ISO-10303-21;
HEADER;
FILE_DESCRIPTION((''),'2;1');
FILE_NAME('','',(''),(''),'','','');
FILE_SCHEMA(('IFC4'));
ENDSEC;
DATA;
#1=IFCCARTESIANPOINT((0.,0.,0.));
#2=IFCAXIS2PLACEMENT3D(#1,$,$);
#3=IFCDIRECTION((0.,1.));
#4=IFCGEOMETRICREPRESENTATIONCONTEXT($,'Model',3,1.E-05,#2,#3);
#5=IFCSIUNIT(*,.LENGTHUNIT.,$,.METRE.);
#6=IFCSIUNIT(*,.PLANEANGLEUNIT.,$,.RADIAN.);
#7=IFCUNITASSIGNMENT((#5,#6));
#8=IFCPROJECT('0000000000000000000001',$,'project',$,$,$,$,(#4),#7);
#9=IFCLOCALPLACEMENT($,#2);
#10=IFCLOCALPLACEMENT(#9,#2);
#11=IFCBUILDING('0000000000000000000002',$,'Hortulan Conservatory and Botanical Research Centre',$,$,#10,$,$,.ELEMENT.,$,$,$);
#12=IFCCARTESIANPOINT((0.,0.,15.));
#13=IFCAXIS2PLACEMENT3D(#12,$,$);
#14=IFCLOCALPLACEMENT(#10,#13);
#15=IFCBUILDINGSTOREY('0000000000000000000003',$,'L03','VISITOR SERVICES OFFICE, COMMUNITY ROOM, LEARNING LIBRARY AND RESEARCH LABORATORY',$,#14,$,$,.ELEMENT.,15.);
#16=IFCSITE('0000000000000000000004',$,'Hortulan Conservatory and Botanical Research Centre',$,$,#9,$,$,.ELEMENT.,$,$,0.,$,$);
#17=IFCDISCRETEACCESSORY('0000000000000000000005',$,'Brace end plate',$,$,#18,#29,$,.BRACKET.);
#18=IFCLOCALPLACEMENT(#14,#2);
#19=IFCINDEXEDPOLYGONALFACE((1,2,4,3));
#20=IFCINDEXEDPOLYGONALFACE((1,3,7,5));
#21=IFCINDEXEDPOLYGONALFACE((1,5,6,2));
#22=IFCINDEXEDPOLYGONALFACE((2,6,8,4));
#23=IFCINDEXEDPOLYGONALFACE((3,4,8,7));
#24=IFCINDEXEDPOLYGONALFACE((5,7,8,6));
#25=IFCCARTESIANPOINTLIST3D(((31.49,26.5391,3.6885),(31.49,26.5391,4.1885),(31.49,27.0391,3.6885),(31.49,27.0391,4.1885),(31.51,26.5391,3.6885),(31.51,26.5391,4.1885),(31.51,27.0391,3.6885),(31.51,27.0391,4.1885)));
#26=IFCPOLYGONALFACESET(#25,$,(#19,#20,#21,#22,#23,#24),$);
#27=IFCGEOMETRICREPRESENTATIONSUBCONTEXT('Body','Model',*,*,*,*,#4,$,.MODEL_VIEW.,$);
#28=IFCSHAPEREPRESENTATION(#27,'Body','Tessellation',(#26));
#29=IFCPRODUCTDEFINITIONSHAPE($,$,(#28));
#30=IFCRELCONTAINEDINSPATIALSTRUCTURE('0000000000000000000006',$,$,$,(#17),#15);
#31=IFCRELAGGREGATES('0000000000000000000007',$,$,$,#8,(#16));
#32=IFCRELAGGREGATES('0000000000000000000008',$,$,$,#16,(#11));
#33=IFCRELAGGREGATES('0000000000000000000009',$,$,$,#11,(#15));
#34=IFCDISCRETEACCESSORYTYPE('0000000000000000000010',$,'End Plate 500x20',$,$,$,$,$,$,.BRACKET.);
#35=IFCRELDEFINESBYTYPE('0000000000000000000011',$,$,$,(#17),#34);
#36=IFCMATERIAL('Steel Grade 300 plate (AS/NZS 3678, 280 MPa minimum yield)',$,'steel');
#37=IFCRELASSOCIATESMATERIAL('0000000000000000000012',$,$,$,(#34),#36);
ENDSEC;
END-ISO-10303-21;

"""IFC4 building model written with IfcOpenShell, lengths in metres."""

from ifc_helpers import new_model, si_unit, direction, frame, origin, origin_2d, place, context, subcontext, project, spatial, rectangle, extrude, material, type_object, element, save


model = new_model("IFC4")

# Units and contexts
model_context = context("Model", 3, precision=1e-05, world=origin(), true_north=direction((0.0, 1.0)))
body_context = subcontext(model_context, "Body", "Model", "MODEL_VIEW")
ifc_project = project(units=[si_unit("LENGTHUNIT", "METRE"), si_unit("PLANEANGLEUNIT", "RADIAN")], contexts=[model_context])

# Site, building, storey
site_placement = place(None, origin())
site = spatial("IfcSite", under=ifc_project, at=site_placement, Name="Hortulan Conservatory and Botanical Research Centre", CompositionType="ELEMENT", RefElevation=0.0)
building_placement = place(site_placement, origin())
building = spatial("IfcBuilding", under=site, at=building_placement, Name="Hortulan Conservatory and Botanical Research Centre", CompositionType="ELEMENT")
storey_placement = place(building_placement, frame((0.0, 0.0, 15.0)))
storey = spatial("IfcBuildingStorey", under=building, at=storey_placement, Name="L03", Description="VISITOR SERVICES OFFICE, COMMUNITY ROOM, LEARNING LIBRARY AND RESEARCH LABORATORY", CompositionType="ELEMENT", Elevation=15.0)

# Discrete accessory
ifc_material_1 = material(Name="Steel Grade 300 plate (AS/NZS 3678, 280 MPa minimum yield)", Category="steel")
discrete_accessory_type_1 = type_object("IfcDiscreteAccessoryType", Name="End Plate 500x20", PredefinedType="BRACKET", material=ifc_material_1)
for number, where, z_axis, x_axis, name in (
    (1, (31.5, 26.7891, 3.6885), (0.0, 0.0, 1.0), (0.0, -1.0, 0.0), "Brace end plate"),
):
    element("IfcDiscreteAccessory", number, at=place(storey_placement, frame(where, z_axis=z_axis, x_axis=x_axis)), inside=storey, type_object=discrete_accessory_type_1, Name=name, PredefinedType="BRACKET", context=body_context, shape_type="SweptSolid", body=[
        extrude(rectangle(XDim=0.5, YDim=0.02, at=origin_2d()), origin(), (0.0, 0.0, 1.0), 0.5),
    ])

save(model, "model.ifc")
